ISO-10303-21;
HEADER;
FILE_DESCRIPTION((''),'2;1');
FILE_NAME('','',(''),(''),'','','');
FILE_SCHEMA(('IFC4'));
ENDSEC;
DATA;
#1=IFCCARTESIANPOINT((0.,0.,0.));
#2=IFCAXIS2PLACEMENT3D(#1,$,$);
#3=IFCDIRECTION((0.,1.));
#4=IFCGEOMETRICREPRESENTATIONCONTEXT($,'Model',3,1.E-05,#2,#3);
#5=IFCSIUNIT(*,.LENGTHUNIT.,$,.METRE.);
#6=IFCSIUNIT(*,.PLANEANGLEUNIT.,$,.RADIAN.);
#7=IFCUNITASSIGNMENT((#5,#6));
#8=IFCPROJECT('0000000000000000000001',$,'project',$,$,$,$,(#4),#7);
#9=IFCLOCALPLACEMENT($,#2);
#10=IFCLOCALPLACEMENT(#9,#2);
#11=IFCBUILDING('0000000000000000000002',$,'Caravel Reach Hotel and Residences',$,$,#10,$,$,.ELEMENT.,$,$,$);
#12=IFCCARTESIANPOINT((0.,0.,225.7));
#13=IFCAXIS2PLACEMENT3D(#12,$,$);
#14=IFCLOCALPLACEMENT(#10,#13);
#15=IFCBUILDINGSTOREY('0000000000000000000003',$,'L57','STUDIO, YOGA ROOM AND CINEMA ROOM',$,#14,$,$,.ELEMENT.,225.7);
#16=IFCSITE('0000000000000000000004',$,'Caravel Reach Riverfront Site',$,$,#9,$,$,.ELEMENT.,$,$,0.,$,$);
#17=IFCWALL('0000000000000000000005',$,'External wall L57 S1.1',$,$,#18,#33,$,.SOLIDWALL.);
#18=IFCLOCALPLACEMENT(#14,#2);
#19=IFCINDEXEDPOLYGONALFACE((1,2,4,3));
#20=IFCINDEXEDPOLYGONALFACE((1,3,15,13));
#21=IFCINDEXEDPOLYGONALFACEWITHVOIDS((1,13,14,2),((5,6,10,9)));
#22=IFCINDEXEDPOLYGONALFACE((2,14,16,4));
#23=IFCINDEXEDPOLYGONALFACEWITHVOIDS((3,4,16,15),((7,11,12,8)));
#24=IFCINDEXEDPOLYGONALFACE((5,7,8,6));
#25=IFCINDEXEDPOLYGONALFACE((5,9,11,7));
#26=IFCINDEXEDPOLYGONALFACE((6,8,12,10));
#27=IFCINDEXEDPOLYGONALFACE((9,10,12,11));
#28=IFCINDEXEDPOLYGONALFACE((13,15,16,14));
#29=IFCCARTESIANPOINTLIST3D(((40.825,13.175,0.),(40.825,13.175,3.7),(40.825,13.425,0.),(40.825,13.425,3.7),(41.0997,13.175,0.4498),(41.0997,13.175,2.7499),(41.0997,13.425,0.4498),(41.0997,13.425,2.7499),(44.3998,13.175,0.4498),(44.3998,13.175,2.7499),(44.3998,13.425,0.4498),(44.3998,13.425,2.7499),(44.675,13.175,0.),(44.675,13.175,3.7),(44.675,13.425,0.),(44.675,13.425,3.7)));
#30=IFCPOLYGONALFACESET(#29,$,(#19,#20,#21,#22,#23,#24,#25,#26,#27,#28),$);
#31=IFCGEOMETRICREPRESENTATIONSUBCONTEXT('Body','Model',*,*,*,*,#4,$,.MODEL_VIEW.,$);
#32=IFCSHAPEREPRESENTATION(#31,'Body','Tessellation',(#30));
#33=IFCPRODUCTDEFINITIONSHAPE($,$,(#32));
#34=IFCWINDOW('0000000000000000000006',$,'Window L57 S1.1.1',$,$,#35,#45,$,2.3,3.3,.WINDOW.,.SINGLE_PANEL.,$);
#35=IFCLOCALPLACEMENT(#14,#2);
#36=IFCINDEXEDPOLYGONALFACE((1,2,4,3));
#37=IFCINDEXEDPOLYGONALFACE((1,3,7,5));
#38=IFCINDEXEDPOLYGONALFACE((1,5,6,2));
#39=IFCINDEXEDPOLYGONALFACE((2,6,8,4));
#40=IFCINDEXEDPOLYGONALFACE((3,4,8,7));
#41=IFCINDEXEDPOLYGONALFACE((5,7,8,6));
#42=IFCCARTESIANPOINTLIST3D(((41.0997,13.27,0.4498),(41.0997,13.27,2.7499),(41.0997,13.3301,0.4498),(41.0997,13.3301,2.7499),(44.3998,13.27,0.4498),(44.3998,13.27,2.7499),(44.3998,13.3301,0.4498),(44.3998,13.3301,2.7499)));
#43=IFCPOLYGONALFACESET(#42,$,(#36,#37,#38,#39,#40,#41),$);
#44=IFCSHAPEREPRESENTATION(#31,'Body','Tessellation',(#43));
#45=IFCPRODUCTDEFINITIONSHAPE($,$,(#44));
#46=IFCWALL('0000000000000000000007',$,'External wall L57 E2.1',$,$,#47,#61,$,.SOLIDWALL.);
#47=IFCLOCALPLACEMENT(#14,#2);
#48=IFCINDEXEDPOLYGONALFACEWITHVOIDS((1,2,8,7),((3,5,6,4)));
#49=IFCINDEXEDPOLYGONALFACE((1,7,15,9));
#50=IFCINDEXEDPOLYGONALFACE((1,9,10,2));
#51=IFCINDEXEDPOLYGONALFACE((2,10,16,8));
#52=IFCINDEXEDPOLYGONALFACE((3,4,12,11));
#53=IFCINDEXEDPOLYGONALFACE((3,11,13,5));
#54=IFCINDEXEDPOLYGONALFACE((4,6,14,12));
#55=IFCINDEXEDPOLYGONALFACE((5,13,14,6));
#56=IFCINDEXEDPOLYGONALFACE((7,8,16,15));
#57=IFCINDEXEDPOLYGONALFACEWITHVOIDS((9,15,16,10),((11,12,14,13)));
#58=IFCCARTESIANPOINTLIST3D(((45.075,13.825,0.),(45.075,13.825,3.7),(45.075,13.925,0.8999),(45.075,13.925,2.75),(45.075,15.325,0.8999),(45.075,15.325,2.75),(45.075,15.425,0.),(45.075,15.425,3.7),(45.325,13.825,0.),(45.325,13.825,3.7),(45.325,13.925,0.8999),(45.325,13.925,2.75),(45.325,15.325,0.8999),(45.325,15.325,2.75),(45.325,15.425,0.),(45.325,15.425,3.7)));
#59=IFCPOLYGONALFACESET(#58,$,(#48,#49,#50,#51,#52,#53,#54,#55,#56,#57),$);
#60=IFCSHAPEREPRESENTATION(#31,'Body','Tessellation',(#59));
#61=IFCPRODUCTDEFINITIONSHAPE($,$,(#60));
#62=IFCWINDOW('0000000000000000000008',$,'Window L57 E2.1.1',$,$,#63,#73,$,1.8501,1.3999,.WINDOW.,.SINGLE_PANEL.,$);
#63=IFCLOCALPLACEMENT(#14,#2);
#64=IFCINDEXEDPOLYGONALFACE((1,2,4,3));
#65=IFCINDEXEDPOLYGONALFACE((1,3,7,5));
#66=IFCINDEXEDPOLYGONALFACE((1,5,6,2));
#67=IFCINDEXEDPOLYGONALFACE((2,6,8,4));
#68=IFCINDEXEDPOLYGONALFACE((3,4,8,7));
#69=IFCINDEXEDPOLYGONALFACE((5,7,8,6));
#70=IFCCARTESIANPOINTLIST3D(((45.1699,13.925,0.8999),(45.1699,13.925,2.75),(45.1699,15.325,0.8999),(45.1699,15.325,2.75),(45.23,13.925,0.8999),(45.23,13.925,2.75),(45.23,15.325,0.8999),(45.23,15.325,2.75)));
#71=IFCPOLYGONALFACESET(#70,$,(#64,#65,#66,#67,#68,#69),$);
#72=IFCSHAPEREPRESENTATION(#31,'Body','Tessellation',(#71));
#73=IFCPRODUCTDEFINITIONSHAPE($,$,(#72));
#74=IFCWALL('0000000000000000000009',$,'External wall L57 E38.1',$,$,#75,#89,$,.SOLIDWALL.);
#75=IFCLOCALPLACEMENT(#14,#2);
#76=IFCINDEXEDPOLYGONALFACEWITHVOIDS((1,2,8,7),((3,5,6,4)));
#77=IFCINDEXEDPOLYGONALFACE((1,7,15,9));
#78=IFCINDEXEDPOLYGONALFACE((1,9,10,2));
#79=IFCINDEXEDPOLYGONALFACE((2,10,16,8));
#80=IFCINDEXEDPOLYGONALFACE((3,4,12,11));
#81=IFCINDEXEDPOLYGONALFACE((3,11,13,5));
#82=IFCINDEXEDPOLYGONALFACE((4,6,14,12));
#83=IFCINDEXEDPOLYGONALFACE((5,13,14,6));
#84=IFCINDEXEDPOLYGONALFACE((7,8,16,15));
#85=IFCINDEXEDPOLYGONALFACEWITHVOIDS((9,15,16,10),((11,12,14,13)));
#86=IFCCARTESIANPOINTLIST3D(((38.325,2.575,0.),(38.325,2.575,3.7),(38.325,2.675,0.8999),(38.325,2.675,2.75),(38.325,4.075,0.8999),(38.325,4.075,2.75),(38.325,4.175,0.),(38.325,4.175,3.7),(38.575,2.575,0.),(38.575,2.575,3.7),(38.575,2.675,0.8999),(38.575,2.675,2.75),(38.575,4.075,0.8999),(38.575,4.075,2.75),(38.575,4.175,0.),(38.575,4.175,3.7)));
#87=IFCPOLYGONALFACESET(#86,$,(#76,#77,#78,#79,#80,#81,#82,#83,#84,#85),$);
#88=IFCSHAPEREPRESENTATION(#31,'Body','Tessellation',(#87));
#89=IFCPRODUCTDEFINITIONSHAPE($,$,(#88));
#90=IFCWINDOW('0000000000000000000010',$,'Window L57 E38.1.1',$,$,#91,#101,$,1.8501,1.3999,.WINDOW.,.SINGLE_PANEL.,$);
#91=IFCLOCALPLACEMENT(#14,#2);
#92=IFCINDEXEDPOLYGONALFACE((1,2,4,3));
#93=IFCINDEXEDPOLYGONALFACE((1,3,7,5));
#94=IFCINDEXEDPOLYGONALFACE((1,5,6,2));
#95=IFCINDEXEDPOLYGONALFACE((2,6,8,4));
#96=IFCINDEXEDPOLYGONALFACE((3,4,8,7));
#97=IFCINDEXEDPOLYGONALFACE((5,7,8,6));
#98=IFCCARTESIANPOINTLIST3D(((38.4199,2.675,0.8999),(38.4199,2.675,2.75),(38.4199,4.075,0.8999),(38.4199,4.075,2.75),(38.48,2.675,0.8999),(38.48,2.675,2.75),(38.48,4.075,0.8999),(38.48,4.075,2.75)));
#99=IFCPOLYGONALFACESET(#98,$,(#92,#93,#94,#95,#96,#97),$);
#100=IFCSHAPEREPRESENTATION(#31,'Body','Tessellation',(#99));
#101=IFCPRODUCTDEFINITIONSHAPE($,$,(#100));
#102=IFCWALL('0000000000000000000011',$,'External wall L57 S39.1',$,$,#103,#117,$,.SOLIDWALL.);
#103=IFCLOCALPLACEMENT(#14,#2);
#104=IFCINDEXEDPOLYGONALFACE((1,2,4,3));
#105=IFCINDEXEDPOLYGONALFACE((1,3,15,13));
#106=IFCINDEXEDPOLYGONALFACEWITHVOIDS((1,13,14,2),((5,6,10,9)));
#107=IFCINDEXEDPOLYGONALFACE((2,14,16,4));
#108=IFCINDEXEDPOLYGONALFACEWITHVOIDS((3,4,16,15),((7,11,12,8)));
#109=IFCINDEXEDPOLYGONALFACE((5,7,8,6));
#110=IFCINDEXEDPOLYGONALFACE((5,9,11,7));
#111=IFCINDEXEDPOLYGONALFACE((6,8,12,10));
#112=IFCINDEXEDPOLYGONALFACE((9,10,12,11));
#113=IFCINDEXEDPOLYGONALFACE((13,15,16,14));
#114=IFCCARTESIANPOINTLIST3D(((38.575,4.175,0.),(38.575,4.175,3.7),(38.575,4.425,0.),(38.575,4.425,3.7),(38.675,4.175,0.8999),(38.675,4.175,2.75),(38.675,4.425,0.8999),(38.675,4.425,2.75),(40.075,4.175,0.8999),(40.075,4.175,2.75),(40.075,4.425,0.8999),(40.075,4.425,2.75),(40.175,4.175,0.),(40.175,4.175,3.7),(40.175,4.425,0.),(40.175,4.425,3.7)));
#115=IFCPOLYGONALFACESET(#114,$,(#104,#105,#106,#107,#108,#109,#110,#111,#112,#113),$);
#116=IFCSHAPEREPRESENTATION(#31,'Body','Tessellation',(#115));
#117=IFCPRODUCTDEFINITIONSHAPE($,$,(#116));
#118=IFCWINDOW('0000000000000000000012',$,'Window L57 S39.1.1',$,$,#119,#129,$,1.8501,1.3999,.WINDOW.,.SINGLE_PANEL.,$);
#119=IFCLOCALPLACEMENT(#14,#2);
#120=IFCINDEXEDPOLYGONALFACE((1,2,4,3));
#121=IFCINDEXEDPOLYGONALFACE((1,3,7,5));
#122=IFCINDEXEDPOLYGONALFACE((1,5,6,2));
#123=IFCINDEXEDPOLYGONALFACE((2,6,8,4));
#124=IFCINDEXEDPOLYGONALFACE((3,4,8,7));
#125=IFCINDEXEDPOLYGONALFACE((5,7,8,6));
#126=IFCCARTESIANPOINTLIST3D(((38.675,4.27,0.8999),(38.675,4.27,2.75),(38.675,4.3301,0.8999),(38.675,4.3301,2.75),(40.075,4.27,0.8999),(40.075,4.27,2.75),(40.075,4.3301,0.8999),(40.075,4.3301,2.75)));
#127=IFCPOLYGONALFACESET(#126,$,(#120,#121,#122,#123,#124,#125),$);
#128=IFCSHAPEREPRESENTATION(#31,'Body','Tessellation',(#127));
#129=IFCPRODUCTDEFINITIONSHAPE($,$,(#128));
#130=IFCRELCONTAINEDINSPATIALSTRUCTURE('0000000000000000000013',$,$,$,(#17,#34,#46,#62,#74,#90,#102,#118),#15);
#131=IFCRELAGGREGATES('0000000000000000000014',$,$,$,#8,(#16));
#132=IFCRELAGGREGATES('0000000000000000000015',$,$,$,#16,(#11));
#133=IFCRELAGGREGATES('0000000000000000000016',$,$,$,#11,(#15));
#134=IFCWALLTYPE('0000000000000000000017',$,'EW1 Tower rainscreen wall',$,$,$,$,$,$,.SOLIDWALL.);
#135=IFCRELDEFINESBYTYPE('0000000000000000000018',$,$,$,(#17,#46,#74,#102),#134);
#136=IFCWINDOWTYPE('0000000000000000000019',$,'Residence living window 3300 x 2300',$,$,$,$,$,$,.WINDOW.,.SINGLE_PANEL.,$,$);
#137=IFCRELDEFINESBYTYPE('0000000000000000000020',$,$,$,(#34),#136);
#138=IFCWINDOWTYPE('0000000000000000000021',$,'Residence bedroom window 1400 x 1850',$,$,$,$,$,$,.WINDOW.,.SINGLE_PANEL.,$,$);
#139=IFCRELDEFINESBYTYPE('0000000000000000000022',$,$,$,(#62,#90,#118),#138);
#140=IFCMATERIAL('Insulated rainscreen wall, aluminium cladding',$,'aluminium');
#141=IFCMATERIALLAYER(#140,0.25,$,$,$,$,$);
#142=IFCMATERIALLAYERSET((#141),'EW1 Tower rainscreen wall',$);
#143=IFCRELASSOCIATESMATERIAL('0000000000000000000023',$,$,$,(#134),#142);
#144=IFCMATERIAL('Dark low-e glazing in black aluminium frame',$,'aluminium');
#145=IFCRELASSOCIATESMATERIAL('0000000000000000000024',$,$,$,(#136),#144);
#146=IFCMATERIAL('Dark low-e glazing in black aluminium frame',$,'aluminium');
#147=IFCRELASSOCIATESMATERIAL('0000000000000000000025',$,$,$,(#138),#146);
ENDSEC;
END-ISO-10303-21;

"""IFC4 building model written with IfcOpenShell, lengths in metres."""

from ifc_helpers import new_model, si_unit, direction, frame, frame_2d, origin, place, context, subcontext, project, spatial, rectangle, extrude, material, layer, layer_set, type_object, element, fill, save


model = new_model("IFC4")

# Units and contexts
model_context = context("Model", 3, precision=1e-05, world=origin(), true_north=direction((0.0, 1.0)))
body_context = subcontext(model_context, "Body", "Model", "MODEL_VIEW")
ifc_project = project(units=[si_unit("LENGTHUNIT", "METRE"), si_unit("PLANEANGLEUNIT", "RADIAN")], contexts=[model_context])

# Site, building, storey
site_placement = place(None, origin())
site = spatial("IfcSite", under=ifc_project, at=site_placement, Name="Caravel Reach Riverfront Site", CompositionType="ELEMENT", RefElevation=0.0)
building_placement = place(site_placement, origin())
building = spatial("IfcBuilding", under=site, at=building_placement, Name="Caravel Reach Hotel and Residences", CompositionType="ELEMENT")
storey_placement = place(building_placement, frame((0.0, 0.0, 225.7)))
storey = spatial("IfcBuildingStorey", under=building, at=storey_placement, Name="L57", Description="STUDIO, YOGA ROOM AND CINEMA ROOM", CompositionType="ELEMENT", Elevation=225.7)

# Walls, openings, windows
ifc_material_1 = material(Name="Insulated rainscreen wall, aluminium cladding", Category="aluminium")
ifc_layer = layer(ifc_material_1, 0.25)
ifc_layer_set = layer_set([ifc_layer], Name="EW1 Tower rainscreen wall")
wall_type = type_object("IfcWallType", Name="EW1 Tower rainscreen wall", PredefinedType="SOLIDWALL", material=ifc_layer_set)
wall_1_placement = place(storey_placement, frame((40.825, 13.3, 0.0), z_axis=(0.0, 0.0, 1.0), x_axis=(1.0, 0.0, 0.0)))
wall_1 = element("IfcWall", 1, at=wall_1_placement, inside=storey, type_object=wall_type, Name="External wall L57 S1.1", PredefinedType="SOLIDWALL", context=body_context, shape_type="SweptSolid", body=[
    extrude(rectangle(XDim=3.8501, YDim=0.25, at=frame_2d((1.925, 0.0))), origin(), (0.0, 0.0, 1.0), 3.7),
])
opening_1_placement = place(wall_1_placement, frame((0.2749, 0.0, 0.45)))
opening_1 = element("IfcOpeningElement", 2, at=opening_1_placement, cuts=wall_1, PredefinedType="OPENING", context=body_context, shape_type="SweptSolid", body=[
    extrude(rectangle(XDim=3.3, YDim=2.3, at=frame_2d((1.6499, 1.1499))), frame((0.0, 0.135, 0.0), z_axis=(0.0, -1.0, 0.0), x_axis=(1.0, 0.0, 0.0)), (0.0, 0.0, 1.0), 0.27),
])
ifc_material_2 = material(Name="Dark low-e glazing in black aluminium frame", Category="aluminium")
window_type_1 = type_object("IfcWindowType", Name="Residence living window 3300 x 2300", PartitioningType="SINGLE_PANEL", PredefinedType="WINDOW", material=ifc_material_2)
window_1_placement = place(opening_1_placement, origin())
window_1 = element("IfcWindow", 3, at=window_1_placement, inside=storey, type_object=window_type_1, Name="Window L57 S1.1.1", OverallHeight=2.3, OverallWidth=3.3, PartitioningType="SINGLE_PANEL", PredefinedType="WINDOW", context=body_context, shape_type="SweptSolid", body=[
    extrude(rectangle(XDim=3.3, YDim=2.3, at=frame_2d((1.6499, 1.1499))), frame((0.0, 0.03, 0.0), z_axis=(0.0, -1.0, 0.0), x_axis=(1.0, 0.0, 0.0)), (0.0, 0.0, 1.0), 0.0601),
])
fill(opening_1, window_1)
wall_2_placement = place(storey_placement, frame((45.2, 13.825, 0.0), z_axis=(0.0, 0.0, 1.0), x_axis=(0.0, 1.0, 0.0)))
wall_2 = element("IfcWall", 4, at=wall_2_placement, inside=storey, type_object=wall_type, Name="External wall L57 E2.1", PredefinedType="SOLIDWALL", context=body_context, shape_type="SweptSolid", body=[
    extrude(rectangle(XDim=1.6001, YDim=0.25, at=frame_2d((0.8, 0.0))), origin(), (0.0, 0.0, 1.0), 3.7),
])
opening_2_placement = place(wall_2_placement, frame((0.1001, 0.0, 0.8999)))
opening_2 = element("IfcOpeningElement", 5, at=opening_2_placement, cuts=wall_2, PredefinedType="OPENING", context=body_context, shape_type="SweptSolid", body=[
    extrude(rectangle(XDim=1.3999, YDim=1.8501, at=frame_2d((0.7, 0.925))), frame((0.0, 0.135, 0.0), z_axis=(0.0, -1.0, 0.0), x_axis=(1.0, 0.0, 0.0)), (0.0, 0.0, 1.0), 0.27),
])
ifc_material_3 = material(Name="Dark low-e glazing in black aluminium frame", Category="aluminium")
window_type_2 = type_object("IfcWindowType", Name="Residence bedroom window 1400 x 1850", PartitioningType="SINGLE_PANEL", PredefinedType="WINDOW", material=ifc_material_3)
window_2_placement = place(opening_2_placement, origin())
window_2 = element("IfcWindow", 6, at=window_2_placement, inside=storey, type_object=window_type_2, Name="Window L57 E2.1.1", OverallHeight=1.8501, OverallWidth=1.3999, PartitioningType="SINGLE_PANEL", PredefinedType="WINDOW", context=body_context, shape_type="SweptSolid", body=[
    extrude(rectangle(XDim=1.3999, YDim=1.8501, at=frame_2d((0.7, 0.925))), frame((0.0, 0.03, 0.0), z_axis=(0.0, -1.0, 0.0), x_axis=(1.0, 0.0, 0.0)), (0.0, 0.0, 1.0), 0.0601),
])
fill(opening_2, window_2)
wall_3_placement = place(storey_placement, frame((38.45, 2.575, 0.0), z_axis=(0.0, 0.0, 1.0), x_axis=(0.0, 1.0, 0.0)))
wall_3 = element("IfcWall", 7, at=wall_3_placement, inside=storey, type_object=wall_type, Name="External wall L57 E38.1", PredefinedType="SOLIDWALL", context=body_context, shape_type="SweptSolid", body=[
    extrude(rectangle(XDim=1.6001, YDim=0.25, at=frame_2d((0.8, 0.0))), origin(), (0.0, 0.0, 1.0), 3.7),
])
opening_3_placement = place(wall_3_placement, frame((0.1001, 0.0, 0.8999)))
opening_3 = element("IfcOpeningElement", 8, at=opening_3_placement, cuts=wall_3, PredefinedType="OPENING", context=body_context, shape_type="SweptSolid", body=[
    extrude(rectangle(XDim=1.3999, YDim=1.8501, at=frame_2d((0.7, 0.925))), frame((0.0, 0.135, 0.0), z_axis=(0.0, -1.0, 0.0), x_axis=(1.0, 0.0, 0.0)), (0.0, 0.0, 1.0), 0.27),
])
window_3_placement = place(opening_3_placement, origin())
window_3 = element("IfcWindow", 9, at=window_3_placement, inside=storey, type_object=window_type_2, Name="Window L57 E38.1.1", OverallHeight=1.8501, OverallWidth=1.3999, PartitioningType="SINGLE_PANEL", PredefinedType="WINDOW", context=body_context, shape_type="SweptSolid", body=[
    extrude(rectangle(XDim=1.3999, YDim=1.8501, at=frame_2d((0.7, 0.925))), frame((0.0, 0.03, 0.0), z_axis=(0.0, -1.0, 0.0), x_axis=(1.0, 0.0, 0.0)), (0.0, 0.0, 1.0), 0.0601),
])
fill(opening_3, window_3)
wall_4_placement = place(storey_placement, frame((38.575, 4.3, 0.0), z_axis=(0.0, 0.0, 1.0), x_axis=(1.0, 0.0, 0.0)))
wall_4 = element("IfcWall", 10, at=wall_4_placement, inside=storey, type_object=wall_type, Name="External wall L57 S39.1", PredefinedType="SOLIDWALL", context=body_context, shape_type="SweptSolid", body=[
    extrude(rectangle(XDim=1.6001, YDim=0.25, at=frame_2d((0.8, 0.0))), origin(), (0.0, 0.0, 1.0), 3.7),
])
opening_4_placement = place(wall_4_placement, frame((0.1001, 0.0, 0.8999)))
opening_4 = element("IfcOpeningElement", 11, at=opening_4_placement, cuts=wall_4, PredefinedType="OPENING", context=body_context, shape_type="SweptSolid", body=[
    extrude(rectangle(XDim=1.3999, YDim=1.8501, at=frame_2d((0.7, 0.925))), frame((0.0, 0.135, 0.0), z_axis=(0.0, -1.0, 0.0), x_axis=(1.0, 0.0, 0.0)), (0.0, 0.0, 1.0), 0.27),
])
window_4_placement = place(opening_4_placement, origin())
window_4 = element("IfcWindow", 12, at=window_4_placement, inside=storey, type_object=window_type_2, Name="Window L57 S39.1.1", OverallHeight=1.8501, OverallWidth=1.3999, PartitioningType="SINGLE_PANEL", PredefinedType="WINDOW", context=body_context, shape_type="SweptSolid", body=[
    extrude(rectangle(XDim=1.3999, YDim=1.8501, at=frame_2d((0.7, 0.925))), frame((0.0, 0.03, 0.0), z_axis=(0.0, -1.0, 0.0), x_axis=(1.0, 0.0, 0.0)), (0.0, 0.0, 1.0), 0.0601),
])
fill(opening_4, window_4)

save(model, "model.ifc")
